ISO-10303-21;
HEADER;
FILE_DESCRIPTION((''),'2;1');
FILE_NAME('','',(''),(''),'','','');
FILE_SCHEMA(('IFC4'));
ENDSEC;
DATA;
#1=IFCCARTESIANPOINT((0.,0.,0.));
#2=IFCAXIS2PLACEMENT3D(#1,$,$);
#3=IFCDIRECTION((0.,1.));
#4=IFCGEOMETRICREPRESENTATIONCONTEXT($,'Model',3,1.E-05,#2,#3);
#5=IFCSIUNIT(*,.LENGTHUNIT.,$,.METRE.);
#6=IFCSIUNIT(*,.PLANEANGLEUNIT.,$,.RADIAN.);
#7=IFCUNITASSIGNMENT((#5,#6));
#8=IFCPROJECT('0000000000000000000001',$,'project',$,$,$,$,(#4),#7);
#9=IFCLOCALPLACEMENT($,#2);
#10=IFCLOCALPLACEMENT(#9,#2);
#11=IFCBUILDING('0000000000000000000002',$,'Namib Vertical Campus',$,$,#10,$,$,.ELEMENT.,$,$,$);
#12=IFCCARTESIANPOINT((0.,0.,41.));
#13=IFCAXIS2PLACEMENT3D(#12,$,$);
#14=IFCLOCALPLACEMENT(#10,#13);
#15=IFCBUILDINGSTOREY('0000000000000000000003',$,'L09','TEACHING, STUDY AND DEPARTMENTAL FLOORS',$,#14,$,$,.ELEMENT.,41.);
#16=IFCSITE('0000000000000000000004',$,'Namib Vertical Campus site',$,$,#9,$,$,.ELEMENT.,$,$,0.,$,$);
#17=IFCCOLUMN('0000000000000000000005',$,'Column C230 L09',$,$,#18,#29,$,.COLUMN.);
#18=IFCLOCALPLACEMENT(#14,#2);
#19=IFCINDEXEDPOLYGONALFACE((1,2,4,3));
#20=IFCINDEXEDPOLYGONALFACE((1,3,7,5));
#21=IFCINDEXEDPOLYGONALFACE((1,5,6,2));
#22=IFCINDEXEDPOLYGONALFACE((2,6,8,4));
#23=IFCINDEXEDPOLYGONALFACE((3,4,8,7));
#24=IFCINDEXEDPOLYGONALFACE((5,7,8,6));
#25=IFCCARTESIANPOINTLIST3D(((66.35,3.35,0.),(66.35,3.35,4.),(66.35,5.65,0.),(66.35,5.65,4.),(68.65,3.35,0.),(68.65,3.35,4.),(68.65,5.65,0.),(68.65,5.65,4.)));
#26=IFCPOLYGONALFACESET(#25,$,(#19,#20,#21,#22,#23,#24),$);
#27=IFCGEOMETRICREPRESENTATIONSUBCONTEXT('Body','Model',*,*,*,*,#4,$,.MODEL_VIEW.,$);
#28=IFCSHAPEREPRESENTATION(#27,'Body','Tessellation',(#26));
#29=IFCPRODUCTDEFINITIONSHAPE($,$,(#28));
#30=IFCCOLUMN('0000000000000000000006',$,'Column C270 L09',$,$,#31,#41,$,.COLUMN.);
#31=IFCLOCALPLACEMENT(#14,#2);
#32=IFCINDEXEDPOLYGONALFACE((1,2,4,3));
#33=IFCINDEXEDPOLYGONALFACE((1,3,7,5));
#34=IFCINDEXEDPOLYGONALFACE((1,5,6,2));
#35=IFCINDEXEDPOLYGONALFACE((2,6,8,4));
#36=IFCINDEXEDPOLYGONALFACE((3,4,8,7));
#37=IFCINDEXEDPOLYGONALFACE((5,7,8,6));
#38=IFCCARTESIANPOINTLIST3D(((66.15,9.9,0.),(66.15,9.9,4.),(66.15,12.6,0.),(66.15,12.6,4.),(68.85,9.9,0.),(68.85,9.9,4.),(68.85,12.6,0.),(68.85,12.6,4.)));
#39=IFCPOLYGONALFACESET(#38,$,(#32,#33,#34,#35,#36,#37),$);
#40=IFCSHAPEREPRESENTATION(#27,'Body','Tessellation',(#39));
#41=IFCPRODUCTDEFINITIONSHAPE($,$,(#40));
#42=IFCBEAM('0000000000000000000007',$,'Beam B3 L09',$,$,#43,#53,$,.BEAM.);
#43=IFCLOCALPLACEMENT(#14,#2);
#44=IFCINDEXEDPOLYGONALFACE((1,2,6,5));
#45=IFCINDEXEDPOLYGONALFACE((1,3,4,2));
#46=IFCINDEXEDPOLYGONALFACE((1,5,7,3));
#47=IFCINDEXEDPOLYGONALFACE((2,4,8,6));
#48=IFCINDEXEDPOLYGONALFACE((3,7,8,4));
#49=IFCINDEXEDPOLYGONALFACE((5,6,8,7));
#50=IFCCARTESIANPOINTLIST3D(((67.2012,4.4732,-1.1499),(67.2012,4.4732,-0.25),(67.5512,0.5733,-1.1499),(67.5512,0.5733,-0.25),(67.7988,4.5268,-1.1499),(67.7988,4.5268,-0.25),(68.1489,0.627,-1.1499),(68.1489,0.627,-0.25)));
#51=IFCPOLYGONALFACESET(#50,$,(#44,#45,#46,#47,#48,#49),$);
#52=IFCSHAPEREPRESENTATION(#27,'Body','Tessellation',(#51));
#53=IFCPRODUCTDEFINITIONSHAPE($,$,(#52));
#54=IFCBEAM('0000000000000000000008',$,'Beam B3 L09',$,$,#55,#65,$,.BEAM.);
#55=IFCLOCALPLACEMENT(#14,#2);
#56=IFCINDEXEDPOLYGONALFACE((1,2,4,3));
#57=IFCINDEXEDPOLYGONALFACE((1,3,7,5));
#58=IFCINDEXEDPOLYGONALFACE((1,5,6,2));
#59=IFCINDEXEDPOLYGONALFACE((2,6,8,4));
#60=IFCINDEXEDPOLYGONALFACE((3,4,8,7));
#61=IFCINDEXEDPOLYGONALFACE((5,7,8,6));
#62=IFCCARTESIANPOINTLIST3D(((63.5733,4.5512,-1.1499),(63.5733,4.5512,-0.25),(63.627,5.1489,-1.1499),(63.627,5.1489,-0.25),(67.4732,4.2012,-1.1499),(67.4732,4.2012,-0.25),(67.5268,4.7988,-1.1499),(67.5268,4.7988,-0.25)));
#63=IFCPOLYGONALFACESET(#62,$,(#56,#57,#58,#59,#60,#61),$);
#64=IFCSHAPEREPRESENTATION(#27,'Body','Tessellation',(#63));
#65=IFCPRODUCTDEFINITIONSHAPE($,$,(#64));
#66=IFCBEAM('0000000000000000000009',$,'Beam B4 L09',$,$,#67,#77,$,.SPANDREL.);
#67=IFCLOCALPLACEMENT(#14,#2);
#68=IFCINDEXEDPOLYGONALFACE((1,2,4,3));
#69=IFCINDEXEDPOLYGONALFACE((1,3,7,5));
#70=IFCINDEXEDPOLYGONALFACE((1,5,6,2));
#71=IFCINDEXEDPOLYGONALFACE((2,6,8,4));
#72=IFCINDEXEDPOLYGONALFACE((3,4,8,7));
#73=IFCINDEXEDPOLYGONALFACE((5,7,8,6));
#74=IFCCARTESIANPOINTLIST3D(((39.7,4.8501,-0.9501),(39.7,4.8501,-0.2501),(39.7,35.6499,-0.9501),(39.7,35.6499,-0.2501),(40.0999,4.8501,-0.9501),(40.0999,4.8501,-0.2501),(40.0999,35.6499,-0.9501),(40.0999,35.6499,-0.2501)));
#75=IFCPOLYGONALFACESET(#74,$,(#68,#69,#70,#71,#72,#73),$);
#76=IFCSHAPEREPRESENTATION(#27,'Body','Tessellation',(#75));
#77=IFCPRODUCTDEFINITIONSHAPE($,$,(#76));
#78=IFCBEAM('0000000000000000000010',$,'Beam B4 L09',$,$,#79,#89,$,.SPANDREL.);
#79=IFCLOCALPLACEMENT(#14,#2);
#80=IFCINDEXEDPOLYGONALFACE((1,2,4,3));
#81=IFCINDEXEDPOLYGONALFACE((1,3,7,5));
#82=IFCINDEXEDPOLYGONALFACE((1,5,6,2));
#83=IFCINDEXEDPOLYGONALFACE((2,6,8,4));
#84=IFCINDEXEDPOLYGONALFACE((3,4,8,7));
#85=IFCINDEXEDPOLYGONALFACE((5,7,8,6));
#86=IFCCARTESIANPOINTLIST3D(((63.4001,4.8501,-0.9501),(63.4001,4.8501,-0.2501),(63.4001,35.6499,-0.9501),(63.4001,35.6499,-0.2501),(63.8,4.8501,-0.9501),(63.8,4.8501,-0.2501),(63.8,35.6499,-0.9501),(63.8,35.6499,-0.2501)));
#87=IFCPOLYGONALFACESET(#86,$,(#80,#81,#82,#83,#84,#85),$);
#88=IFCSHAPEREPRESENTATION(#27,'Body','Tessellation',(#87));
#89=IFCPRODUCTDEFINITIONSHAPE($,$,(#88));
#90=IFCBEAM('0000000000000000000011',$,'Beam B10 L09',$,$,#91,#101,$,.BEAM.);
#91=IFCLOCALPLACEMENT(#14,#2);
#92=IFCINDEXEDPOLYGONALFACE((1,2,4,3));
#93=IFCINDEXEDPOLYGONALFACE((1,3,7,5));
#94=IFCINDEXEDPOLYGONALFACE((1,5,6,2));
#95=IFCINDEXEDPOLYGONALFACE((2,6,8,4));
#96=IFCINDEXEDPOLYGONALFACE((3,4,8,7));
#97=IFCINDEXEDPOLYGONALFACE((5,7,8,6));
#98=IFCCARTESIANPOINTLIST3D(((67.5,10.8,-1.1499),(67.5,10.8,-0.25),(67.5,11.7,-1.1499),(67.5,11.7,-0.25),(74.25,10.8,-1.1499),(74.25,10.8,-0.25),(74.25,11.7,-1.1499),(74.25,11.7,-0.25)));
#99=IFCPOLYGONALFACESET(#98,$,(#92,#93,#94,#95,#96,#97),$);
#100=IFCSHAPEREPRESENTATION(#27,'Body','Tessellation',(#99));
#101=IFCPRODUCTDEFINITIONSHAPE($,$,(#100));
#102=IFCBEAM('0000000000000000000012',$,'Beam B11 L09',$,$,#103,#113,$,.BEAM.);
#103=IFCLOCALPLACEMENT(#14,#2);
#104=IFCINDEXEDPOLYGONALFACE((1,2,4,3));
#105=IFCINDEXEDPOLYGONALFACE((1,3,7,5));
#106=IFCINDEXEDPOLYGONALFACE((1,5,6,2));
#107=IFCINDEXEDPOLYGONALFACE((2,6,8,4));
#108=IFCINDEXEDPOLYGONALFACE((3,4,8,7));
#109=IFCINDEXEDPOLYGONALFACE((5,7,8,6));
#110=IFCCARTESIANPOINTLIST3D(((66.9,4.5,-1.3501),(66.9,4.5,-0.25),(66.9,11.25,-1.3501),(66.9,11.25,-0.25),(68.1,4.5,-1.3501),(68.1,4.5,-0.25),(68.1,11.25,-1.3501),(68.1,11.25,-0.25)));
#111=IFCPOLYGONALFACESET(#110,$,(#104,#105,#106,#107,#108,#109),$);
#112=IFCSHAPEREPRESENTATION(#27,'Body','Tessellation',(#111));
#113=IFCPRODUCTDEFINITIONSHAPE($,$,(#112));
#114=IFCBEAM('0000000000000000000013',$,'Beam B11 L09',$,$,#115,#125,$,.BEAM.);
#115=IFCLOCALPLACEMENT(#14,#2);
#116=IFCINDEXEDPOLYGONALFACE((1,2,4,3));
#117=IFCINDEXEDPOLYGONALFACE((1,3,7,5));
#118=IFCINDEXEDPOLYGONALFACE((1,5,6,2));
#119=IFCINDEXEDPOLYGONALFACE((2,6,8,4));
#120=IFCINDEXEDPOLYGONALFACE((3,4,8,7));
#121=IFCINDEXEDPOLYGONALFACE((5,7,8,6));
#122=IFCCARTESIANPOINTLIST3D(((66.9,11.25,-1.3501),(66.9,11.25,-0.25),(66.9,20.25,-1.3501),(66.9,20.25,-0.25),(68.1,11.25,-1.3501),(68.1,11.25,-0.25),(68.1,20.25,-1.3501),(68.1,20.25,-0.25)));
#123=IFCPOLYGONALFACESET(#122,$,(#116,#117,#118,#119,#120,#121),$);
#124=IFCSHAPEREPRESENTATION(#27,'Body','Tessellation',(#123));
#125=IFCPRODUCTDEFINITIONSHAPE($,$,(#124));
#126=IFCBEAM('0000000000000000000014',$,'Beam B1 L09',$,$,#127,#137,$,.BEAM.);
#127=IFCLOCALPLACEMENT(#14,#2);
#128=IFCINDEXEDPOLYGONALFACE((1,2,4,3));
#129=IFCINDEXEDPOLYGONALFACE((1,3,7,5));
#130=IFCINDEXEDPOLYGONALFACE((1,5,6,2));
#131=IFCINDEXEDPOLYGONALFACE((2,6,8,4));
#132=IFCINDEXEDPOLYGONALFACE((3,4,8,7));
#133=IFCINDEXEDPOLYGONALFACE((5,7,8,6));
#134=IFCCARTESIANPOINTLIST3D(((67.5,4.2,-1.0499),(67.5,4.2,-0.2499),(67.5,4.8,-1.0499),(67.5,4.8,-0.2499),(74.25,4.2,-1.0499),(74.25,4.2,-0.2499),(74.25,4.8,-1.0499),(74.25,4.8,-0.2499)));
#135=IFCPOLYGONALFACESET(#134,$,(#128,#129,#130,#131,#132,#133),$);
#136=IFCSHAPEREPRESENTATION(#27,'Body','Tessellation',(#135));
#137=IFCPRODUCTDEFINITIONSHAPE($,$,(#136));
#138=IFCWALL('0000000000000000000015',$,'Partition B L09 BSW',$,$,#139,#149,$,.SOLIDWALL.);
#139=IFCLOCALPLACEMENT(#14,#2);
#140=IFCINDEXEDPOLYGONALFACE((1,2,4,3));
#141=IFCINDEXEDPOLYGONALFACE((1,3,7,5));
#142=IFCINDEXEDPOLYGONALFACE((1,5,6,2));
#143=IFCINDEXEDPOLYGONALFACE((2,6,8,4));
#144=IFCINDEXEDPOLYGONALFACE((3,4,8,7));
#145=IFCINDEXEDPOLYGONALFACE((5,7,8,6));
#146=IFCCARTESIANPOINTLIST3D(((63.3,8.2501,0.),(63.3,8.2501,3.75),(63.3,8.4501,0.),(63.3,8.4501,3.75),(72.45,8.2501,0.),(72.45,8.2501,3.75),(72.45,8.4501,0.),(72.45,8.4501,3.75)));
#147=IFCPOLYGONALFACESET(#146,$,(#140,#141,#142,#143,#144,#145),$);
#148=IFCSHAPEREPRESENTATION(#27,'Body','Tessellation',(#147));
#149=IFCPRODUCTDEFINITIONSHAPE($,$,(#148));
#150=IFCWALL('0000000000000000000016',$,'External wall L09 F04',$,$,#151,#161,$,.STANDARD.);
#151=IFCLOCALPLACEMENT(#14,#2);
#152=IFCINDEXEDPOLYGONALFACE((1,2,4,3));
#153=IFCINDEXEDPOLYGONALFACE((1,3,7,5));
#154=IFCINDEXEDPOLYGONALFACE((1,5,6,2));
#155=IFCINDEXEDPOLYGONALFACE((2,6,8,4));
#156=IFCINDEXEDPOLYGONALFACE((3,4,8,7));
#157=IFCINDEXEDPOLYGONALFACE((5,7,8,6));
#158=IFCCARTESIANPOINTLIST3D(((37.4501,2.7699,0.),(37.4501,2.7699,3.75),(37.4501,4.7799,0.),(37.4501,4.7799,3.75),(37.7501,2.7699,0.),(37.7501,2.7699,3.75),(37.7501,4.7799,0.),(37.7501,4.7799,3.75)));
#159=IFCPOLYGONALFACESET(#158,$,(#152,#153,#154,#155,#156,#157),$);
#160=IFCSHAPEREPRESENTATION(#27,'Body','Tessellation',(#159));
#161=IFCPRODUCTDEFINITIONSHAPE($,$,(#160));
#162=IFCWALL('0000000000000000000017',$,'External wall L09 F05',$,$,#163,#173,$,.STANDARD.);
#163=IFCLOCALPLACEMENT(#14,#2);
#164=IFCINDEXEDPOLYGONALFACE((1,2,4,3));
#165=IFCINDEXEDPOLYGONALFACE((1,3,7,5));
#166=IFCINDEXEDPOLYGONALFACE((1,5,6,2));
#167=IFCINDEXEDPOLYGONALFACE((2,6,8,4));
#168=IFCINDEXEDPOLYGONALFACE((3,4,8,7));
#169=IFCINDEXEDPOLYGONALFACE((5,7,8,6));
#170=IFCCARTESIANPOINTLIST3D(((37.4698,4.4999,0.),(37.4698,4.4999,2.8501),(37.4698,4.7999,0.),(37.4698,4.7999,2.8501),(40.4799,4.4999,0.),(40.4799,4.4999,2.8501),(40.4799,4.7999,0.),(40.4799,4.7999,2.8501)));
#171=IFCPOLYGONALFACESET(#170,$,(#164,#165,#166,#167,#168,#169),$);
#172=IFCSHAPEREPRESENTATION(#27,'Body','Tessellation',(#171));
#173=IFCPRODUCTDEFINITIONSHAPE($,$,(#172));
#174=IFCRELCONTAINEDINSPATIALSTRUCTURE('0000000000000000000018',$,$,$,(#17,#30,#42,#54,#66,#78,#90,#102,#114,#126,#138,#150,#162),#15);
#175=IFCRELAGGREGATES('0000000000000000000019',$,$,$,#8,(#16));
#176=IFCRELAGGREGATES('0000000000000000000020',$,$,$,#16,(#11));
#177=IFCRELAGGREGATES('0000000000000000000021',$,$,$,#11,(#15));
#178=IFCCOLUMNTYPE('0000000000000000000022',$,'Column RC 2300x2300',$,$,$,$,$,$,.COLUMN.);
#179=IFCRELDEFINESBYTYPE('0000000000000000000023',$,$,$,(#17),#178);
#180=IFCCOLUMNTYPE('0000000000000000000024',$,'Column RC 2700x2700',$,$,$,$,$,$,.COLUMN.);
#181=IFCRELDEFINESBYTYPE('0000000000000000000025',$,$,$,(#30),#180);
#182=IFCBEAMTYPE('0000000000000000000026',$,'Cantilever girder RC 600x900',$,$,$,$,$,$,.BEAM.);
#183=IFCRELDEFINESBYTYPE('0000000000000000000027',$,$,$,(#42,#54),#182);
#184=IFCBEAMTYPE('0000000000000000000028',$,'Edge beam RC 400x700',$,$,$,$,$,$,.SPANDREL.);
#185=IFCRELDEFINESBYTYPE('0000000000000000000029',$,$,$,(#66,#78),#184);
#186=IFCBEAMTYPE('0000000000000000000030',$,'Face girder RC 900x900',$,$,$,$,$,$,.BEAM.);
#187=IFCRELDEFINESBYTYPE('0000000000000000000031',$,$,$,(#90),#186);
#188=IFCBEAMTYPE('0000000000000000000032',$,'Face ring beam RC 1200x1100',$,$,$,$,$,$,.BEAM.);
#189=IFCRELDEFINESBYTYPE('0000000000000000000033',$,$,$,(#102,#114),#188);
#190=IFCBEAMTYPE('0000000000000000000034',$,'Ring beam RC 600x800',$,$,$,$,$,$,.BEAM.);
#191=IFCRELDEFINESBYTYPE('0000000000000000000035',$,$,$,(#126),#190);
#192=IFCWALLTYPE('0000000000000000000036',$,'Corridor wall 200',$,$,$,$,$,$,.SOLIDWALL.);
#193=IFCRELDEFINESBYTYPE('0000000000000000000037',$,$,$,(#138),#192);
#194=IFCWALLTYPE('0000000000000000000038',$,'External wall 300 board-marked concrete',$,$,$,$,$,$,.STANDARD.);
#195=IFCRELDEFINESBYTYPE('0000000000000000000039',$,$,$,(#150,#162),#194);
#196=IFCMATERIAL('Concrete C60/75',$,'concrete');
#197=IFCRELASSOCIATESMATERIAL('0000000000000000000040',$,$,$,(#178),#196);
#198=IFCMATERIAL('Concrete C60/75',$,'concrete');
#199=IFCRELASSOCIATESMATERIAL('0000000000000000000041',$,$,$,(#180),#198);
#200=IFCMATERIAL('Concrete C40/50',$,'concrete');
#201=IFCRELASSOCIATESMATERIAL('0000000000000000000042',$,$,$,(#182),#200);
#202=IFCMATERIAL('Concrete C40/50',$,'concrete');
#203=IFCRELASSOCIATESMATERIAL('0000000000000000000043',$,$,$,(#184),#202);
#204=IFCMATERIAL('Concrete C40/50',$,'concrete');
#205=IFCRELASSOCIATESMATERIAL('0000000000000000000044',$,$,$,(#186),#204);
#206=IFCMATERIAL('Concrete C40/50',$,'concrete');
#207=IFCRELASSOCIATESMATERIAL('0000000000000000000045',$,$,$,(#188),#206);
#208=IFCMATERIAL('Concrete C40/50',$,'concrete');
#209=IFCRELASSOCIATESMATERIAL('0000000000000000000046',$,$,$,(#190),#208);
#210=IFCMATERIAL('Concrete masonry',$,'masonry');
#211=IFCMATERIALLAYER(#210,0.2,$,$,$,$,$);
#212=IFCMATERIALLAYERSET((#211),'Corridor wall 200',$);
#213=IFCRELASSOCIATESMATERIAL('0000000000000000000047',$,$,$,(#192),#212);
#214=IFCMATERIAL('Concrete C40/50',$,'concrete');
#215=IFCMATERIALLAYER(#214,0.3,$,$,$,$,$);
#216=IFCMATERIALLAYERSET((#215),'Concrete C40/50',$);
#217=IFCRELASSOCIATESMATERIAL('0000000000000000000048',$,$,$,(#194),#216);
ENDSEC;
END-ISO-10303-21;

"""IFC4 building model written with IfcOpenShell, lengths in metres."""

from ifc_helpers import new_model, si_unit, direction, frame, frame_2d, origin, origin_2d, place, context, subcontext, project, spatial, rectangle, extrude, material, layer, layer_set, material_profile, profile_set, type_object, element, save


model = new_model("IFC4")

# Units and contexts
model_context = context("Model", 3, precision=1e-05, world=origin(), true_north=direction((0.0, 1.0)))
body_context = subcontext(model_context, "Body", "Model", "MODEL_VIEW")
ifc_project = project(units=[si_unit("LENGTHUNIT", "METRE"), si_unit("PLANEANGLEUNIT", "RADIAN")], contexts=[model_context])

# Site, building, storey
site_placement = place(None, origin())
site = spatial("IfcSite", under=ifc_project, at=site_placement, Name="Namib Vertical Campus site", CompositionType="ELEMENT", RefElevation=0.0)
building_placement = place(site_placement, origin())
building = spatial("IfcBuilding", under=site, at=building_placement, Name="Namib Vertical Campus", CompositionType="ELEMENT")
storey_placement = place(building_placement, frame((0.0, 0.0, 41.0)))
storey = spatial("IfcBuildingStorey", under=building, at=storey_placement, Name="L09", Description="TEACHING, STUDY AND DEPARTMENTAL FLOORS", CompositionType="ELEMENT", Elevation=41.0)

# Columns
ifc_material_1 = material(Name="Concrete C60/75", Category="concrete")
ifc_material_profile_1 = material_profile(ifc_material_1, rectangle(XDim=2.3, YDim=2.3, at=origin_2d()))
ifc_profile_set_1 = profile_set([ifc_material_profile_1], Name="Concrete C60/75")
column_type_1 = type_object("IfcColumnType", Name="Column RC 2300x2300", PredefinedType="COLUMN", material=ifc_profile_set_1)
column_1_placement = place(storey_placement, frame((67.5, 4.5, 0.0), z_axis=(0.0, 0.0, 1.0), x_axis=(1.0, 0.0, 0.0)))
element("IfcColumn", 1, at=column_1_placement, inside=storey, type_object=column_type_1, Name="Column C230 L09", PredefinedType="COLUMN", context=body_context, shape_type="SweptSolid", body=[
    extrude(rectangle(XDim=2.3, YDim=2.3, at=origin_2d()), origin(), (0.0, 0.0, 1.0), 4.0),
])
ifc_material_2 = material(Name="Concrete C60/75", Category="concrete")
ifc_material_profile_2 = material_profile(ifc_material_2, rectangle(XDim=2.7, YDim=2.7, at=origin_2d()))
ifc_profile_set_2 = profile_set([ifc_material_profile_2], Name="Concrete C60/75")
column_type_2 = type_object("IfcColumnType", Name="Column RC 2700x2700", PredefinedType="COLUMN", material=ifc_profile_set_2)
column_2_placement = place(storey_placement, frame((67.5, 11.25, 0.0), z_axis=(0.0, 0.0, 1.0), x_axis=(1.0, 0.0, 0.0)))
element("IfcColumn", 2, at=column_2_placement, inside=storey, type_object=column_type_2, Name="Column C270 L09", PredefinedType="COLUMN", context=body_context, shape_type="SweptSolid", body=[
    extrude(rectangle(XDim=2.7, YDim=2.7, at=origin_2d()), origin(), (0.0, 0.0, 1.0), 4.0),
])

# Beams
ifc_material_3 = material(Name="Concrete C40/50", Category="concrete")
ifc_material_profile_3 = material_profile(ifc_material_3, rectangle(XDim=0.6001, YDim=0.8999, at=origin_2d()))
ifc_profile_set_3 = profile_set([ifc_material_profile_3], Name="Concrete C40/50")
beam_type_1 = type_object("IfcBeamType", Name="Cantilever girder RC 600x900", PredefinedType="BEAM", material=ifc_profile_set_3)
for number, where, z_axis, x_axis, name in (
    (3, (67.5, 4.5, -0.7), (0.089411, -0.995995, 0.0), (0.995995, 0.089411, 0.0), "Beam B3 L09"),
    (4, (67.5, 4.5, -0.7), (-0.995995, 0.089411, 0.0), (-0.089411, -0.995995, 0.0), "Beam B3 L09"),
):
    element("IfcBeam", number, at=place(storey_placement, frame(where, z_axis=z_axis, x_axis=x_axis)), inside=storey, type_object=beam_type_1, Name=name, PredefinedType="BEAM", context=body_context, shape_type="SweptSolid", body=[
        extrude(rectangle(XDim=0.6001, YDim=0.8999, at=origin_2d()), origin(), (0.0, 0.0, 1.0), 3.9155),
    ])
ifc_material_4 = material(Name="Concrete C40/50", Category="concrete")
ifc_material_profile_4 = material_profile(ifc_material_4, rectangle(XDim=0.3999, YDim=0.7, at=origin_2d()))
ifc_profile_set_4 = profile_set([ifc_material_profile_4], Name="Concrete C40/50")
beam_type_2 = type_object("IfcBeamType", Name="Edge beam RC 400x700", PredefinedType="SPANDREL", material=ifc_profile_set_4)
for number, where, z_axis, x_axis, name in (
    (5, (39.8999, 4.8501, -0.6001), (0.0, 1.0, 0.0), (-1.0, 0.0, 0.0), "Beam B4 L09"),
    (6, (63.6001, 4.8501, -0.6001), (0.0, 1.0, 0.0), (-1.0, 0.0, 0.0), "Beam B4 L09"),
):
    element("IfcBeam", number, at=place(storey_placement, frame(where, z_axis=z_axis, x_axis=x_axis)), inside=storey, type_object=beam_type_2, Name=name, PredefinedType="SPANDREL", context=body_context, shape_type="SweptSolid", body=[
        extrude(rectangle(XDim=0.3999, YDim=0.7, at=origin_2d()), origin(), (0.0, 0.0, 1.0), 30.7998),
    ])
ifc_material_5 = material(Name="Concrete C40/50", Category="concrete")
ifc_material_profile_5 = material_profile(ifc_material_5, rectangle(XDim=0.8999, YDim=0.8999, at=origin_2d()))
ifc_profile_set_5 = profile_set([ifc_material_profile_5], Name="Concrete C40/50")
beam_type_3 = type_object("IfcBeamType", Name="Face girder RC 900x900", PredefinedType="BEAM", material=ifc_profile_set_5)
beam_1_placement = place(storey_placement, frame((67.5, 11.25, -0.7), z_axis=(1.0, 0.0, 0.0), x_axis=(0.0, 1.0, 0.0)))
element("IfcBeam", 7, at=beam_1_placement, inside=storey, type_object=beam_type_3, Name="Beam B10 L09", PredefinedType="BEAM", context=body_context, shape_type="SweptSolid", body=[
    extrude(rectangle(XDim=0.8999, YDim=0.8999, at=origin_2d()), origin(), (0.0, 0.0, 1.0), 6.75),
])
ifc_material_6 = material(Name="Concrete C40/50", Category="concrete")
ifc_material_profile_6 = material_profile(ifc_material_6, rectangle(XDim=1.2, YDim=1.1001, at=origin_2d()))
ifc_profile_set_6 = profile_set([ifc_material_profile_6], Name="Concrete C40/50")
beam_type_4 = type_object("IfcBeamType", Name="Face ring beam RC 1200x1100", PredefinedType="BEAM", material=ifc_profile_set_6)
beam_2_placement = place(storey_placement, frame((67.5, 4.5, -0.8), z_axis=(0.0, 1.0, 0.0), x_axis=(-1.0, 0.0, 0.0)))
element("IfcBeam", 8, at=beam_2_placement, inside=storey, type_object=beam_type_4, Name="Beam B11 L09", PredefinedType="BEAM", context=body_context, shape_type="SweptSolid", body=[
    extrude(rectangle(XDim=1.2, YDim=1.1001, at=origin_2d()), origin(), (0.0, 0.0, 1.0), 6.75),
])
beam_3_placement = place(storey_placement, frame((67.5, 11.25, -0.8), z_axis=(0.0, 1.0, 0.0), x_axis=(-1.0, 0.0, 0.0)))
element("IfcBeam", 9, at=beam_3_placement, inside=storey, type_object=beam_type_4, Name="Beam B11 L09", PredefinedType="BEAM", context=body_context, shape_type="SweptSolid", body=[
    extrude(rectangle(XDim=1.2, YDim=1.1001, at=origin_2d()), origin(), (0.0, 0.0, 1.0), 9.0),
])
ifc_material_7 = material(Name="Concrete C40/50", Category="concrete")
ifc_material_profile_7 = material_profile(ifc_material_7, rectangle(XDim=0.6001, YDim=0.8, at=origin_2d()))
ifc_profile_set_7 = profile_set([ifc_material_profile_7], Name="Concrete C40/50")
beam_type_5 = type_object("IfcBeamType", Name="Ring beam RC 600x800", PredefinedType="BEAM", material=ifc_profile_set_7)
beam_4_placement = place(storey_placement, frame((67.5, 4.5, -0.6499), z_axis=(1.0, 0.0, 0.0), x_axis=(0.0, 1.0, 0.0)))
element("IfcBeam", 10, at=beam_4_placement, inside=storey, type_object=beam_type_5, Name="Beam B1 L09", PredefinedType="BEAM", context=body_context, shape_type="SweptSolid", body=[
    extrude(rectangle(XDim=0.6001, YDim=0.8, at=origin_2d()), origin(), (0.0, 0.0, 1.0), 6.75),
])

# Walls
ifc_material_8 = material(Name="Concrete masonry", Category="masonry")
ifc_layer_1 = layer(ifc_material_8, 0.2)
ifc_layer_set_1 = layer_set([ifc_layer_1], Name="Corridor wall 200")
wall_type_1 = type_object("IfcWallType", Name="Corridor wall 200", PredefinedType="SOLIDWALL", material=ifc_layer_set_1)
wall_1_placement = place(storey_placement, frame((63.3, 8.3501, 0.0), z_axis=(0.0, 0.0, 1.0), x_axis=(1.0, 0.0, 0.0)))
element("IfcWall", 11, at=wall_1_placement, inside=storey, type_object=wall_type_1, Name="Partition B L09 BSW", PredefinedType="SOLIDWALL", context=body_context, shape_type="SweptSolid", body=[
    extrude(rectangle(XDim=9.1499, YDim=0.2, at=frame_2d((4.575, 0.0))), origin(), (0.0, 0.0, 1.0), 3.75),
])
ifc_material_9 = material(Name="Concrete C40/50", Category="concrete")
ifc_layer_2 = layer(ifc_material_9, 0.3)
ifc_layer_set_2 = layer_set([ifc_layer_2], Name="Concrete C40/50")
wall_type_2 = type_object("IfcWallType", Name="External wall 300 board-marked concrete", PredefinedType="STANDARD", material=ifc_layer_set_2)
wall_2_placement = place(storey_placement, frame((37.6001, 2.77, 0.0), z_axis=(0.0, 0.0, 1.0), x_axis=(0.0, 1.0, 0.0)))
element("IfcWall", 12, at=wall_2_placement, inside=storey, type_object=wall_type_2, Name="External wall L09 F04", PredefinedType="STANDARD", context=body_context, shape_type="SweptSolid", body=[
    extrude(rectangle(XDim=2.01, YDim=0.3, at=frame_2d((1.0049, 0.0))), origin(), (0.0, 0.0, 1.0), 3.75),
])
wall_3_placement = place(storey_placement, frame((37.47, 4.6499, 0.0), z_axis=(0.0, 0.0, 1.0), x_axis=(1.0, 0.0, 0.0)))
element("IfcWall", 13, at=wall_3_placement, inside=storey, type_object=wall_type_2, Name="External wall L09 F05", PredefinedType="STANDARD", context=body_context, shape_type="SweptSolid", body=[
    extrude(rectangle(XDim=3.01, YDim=0.3, at=frame_2d((1.5049, 0.0))), origin(), (0.0, 0.0, 1.0), 2.8501),
])

save(model, "model.ifc")
